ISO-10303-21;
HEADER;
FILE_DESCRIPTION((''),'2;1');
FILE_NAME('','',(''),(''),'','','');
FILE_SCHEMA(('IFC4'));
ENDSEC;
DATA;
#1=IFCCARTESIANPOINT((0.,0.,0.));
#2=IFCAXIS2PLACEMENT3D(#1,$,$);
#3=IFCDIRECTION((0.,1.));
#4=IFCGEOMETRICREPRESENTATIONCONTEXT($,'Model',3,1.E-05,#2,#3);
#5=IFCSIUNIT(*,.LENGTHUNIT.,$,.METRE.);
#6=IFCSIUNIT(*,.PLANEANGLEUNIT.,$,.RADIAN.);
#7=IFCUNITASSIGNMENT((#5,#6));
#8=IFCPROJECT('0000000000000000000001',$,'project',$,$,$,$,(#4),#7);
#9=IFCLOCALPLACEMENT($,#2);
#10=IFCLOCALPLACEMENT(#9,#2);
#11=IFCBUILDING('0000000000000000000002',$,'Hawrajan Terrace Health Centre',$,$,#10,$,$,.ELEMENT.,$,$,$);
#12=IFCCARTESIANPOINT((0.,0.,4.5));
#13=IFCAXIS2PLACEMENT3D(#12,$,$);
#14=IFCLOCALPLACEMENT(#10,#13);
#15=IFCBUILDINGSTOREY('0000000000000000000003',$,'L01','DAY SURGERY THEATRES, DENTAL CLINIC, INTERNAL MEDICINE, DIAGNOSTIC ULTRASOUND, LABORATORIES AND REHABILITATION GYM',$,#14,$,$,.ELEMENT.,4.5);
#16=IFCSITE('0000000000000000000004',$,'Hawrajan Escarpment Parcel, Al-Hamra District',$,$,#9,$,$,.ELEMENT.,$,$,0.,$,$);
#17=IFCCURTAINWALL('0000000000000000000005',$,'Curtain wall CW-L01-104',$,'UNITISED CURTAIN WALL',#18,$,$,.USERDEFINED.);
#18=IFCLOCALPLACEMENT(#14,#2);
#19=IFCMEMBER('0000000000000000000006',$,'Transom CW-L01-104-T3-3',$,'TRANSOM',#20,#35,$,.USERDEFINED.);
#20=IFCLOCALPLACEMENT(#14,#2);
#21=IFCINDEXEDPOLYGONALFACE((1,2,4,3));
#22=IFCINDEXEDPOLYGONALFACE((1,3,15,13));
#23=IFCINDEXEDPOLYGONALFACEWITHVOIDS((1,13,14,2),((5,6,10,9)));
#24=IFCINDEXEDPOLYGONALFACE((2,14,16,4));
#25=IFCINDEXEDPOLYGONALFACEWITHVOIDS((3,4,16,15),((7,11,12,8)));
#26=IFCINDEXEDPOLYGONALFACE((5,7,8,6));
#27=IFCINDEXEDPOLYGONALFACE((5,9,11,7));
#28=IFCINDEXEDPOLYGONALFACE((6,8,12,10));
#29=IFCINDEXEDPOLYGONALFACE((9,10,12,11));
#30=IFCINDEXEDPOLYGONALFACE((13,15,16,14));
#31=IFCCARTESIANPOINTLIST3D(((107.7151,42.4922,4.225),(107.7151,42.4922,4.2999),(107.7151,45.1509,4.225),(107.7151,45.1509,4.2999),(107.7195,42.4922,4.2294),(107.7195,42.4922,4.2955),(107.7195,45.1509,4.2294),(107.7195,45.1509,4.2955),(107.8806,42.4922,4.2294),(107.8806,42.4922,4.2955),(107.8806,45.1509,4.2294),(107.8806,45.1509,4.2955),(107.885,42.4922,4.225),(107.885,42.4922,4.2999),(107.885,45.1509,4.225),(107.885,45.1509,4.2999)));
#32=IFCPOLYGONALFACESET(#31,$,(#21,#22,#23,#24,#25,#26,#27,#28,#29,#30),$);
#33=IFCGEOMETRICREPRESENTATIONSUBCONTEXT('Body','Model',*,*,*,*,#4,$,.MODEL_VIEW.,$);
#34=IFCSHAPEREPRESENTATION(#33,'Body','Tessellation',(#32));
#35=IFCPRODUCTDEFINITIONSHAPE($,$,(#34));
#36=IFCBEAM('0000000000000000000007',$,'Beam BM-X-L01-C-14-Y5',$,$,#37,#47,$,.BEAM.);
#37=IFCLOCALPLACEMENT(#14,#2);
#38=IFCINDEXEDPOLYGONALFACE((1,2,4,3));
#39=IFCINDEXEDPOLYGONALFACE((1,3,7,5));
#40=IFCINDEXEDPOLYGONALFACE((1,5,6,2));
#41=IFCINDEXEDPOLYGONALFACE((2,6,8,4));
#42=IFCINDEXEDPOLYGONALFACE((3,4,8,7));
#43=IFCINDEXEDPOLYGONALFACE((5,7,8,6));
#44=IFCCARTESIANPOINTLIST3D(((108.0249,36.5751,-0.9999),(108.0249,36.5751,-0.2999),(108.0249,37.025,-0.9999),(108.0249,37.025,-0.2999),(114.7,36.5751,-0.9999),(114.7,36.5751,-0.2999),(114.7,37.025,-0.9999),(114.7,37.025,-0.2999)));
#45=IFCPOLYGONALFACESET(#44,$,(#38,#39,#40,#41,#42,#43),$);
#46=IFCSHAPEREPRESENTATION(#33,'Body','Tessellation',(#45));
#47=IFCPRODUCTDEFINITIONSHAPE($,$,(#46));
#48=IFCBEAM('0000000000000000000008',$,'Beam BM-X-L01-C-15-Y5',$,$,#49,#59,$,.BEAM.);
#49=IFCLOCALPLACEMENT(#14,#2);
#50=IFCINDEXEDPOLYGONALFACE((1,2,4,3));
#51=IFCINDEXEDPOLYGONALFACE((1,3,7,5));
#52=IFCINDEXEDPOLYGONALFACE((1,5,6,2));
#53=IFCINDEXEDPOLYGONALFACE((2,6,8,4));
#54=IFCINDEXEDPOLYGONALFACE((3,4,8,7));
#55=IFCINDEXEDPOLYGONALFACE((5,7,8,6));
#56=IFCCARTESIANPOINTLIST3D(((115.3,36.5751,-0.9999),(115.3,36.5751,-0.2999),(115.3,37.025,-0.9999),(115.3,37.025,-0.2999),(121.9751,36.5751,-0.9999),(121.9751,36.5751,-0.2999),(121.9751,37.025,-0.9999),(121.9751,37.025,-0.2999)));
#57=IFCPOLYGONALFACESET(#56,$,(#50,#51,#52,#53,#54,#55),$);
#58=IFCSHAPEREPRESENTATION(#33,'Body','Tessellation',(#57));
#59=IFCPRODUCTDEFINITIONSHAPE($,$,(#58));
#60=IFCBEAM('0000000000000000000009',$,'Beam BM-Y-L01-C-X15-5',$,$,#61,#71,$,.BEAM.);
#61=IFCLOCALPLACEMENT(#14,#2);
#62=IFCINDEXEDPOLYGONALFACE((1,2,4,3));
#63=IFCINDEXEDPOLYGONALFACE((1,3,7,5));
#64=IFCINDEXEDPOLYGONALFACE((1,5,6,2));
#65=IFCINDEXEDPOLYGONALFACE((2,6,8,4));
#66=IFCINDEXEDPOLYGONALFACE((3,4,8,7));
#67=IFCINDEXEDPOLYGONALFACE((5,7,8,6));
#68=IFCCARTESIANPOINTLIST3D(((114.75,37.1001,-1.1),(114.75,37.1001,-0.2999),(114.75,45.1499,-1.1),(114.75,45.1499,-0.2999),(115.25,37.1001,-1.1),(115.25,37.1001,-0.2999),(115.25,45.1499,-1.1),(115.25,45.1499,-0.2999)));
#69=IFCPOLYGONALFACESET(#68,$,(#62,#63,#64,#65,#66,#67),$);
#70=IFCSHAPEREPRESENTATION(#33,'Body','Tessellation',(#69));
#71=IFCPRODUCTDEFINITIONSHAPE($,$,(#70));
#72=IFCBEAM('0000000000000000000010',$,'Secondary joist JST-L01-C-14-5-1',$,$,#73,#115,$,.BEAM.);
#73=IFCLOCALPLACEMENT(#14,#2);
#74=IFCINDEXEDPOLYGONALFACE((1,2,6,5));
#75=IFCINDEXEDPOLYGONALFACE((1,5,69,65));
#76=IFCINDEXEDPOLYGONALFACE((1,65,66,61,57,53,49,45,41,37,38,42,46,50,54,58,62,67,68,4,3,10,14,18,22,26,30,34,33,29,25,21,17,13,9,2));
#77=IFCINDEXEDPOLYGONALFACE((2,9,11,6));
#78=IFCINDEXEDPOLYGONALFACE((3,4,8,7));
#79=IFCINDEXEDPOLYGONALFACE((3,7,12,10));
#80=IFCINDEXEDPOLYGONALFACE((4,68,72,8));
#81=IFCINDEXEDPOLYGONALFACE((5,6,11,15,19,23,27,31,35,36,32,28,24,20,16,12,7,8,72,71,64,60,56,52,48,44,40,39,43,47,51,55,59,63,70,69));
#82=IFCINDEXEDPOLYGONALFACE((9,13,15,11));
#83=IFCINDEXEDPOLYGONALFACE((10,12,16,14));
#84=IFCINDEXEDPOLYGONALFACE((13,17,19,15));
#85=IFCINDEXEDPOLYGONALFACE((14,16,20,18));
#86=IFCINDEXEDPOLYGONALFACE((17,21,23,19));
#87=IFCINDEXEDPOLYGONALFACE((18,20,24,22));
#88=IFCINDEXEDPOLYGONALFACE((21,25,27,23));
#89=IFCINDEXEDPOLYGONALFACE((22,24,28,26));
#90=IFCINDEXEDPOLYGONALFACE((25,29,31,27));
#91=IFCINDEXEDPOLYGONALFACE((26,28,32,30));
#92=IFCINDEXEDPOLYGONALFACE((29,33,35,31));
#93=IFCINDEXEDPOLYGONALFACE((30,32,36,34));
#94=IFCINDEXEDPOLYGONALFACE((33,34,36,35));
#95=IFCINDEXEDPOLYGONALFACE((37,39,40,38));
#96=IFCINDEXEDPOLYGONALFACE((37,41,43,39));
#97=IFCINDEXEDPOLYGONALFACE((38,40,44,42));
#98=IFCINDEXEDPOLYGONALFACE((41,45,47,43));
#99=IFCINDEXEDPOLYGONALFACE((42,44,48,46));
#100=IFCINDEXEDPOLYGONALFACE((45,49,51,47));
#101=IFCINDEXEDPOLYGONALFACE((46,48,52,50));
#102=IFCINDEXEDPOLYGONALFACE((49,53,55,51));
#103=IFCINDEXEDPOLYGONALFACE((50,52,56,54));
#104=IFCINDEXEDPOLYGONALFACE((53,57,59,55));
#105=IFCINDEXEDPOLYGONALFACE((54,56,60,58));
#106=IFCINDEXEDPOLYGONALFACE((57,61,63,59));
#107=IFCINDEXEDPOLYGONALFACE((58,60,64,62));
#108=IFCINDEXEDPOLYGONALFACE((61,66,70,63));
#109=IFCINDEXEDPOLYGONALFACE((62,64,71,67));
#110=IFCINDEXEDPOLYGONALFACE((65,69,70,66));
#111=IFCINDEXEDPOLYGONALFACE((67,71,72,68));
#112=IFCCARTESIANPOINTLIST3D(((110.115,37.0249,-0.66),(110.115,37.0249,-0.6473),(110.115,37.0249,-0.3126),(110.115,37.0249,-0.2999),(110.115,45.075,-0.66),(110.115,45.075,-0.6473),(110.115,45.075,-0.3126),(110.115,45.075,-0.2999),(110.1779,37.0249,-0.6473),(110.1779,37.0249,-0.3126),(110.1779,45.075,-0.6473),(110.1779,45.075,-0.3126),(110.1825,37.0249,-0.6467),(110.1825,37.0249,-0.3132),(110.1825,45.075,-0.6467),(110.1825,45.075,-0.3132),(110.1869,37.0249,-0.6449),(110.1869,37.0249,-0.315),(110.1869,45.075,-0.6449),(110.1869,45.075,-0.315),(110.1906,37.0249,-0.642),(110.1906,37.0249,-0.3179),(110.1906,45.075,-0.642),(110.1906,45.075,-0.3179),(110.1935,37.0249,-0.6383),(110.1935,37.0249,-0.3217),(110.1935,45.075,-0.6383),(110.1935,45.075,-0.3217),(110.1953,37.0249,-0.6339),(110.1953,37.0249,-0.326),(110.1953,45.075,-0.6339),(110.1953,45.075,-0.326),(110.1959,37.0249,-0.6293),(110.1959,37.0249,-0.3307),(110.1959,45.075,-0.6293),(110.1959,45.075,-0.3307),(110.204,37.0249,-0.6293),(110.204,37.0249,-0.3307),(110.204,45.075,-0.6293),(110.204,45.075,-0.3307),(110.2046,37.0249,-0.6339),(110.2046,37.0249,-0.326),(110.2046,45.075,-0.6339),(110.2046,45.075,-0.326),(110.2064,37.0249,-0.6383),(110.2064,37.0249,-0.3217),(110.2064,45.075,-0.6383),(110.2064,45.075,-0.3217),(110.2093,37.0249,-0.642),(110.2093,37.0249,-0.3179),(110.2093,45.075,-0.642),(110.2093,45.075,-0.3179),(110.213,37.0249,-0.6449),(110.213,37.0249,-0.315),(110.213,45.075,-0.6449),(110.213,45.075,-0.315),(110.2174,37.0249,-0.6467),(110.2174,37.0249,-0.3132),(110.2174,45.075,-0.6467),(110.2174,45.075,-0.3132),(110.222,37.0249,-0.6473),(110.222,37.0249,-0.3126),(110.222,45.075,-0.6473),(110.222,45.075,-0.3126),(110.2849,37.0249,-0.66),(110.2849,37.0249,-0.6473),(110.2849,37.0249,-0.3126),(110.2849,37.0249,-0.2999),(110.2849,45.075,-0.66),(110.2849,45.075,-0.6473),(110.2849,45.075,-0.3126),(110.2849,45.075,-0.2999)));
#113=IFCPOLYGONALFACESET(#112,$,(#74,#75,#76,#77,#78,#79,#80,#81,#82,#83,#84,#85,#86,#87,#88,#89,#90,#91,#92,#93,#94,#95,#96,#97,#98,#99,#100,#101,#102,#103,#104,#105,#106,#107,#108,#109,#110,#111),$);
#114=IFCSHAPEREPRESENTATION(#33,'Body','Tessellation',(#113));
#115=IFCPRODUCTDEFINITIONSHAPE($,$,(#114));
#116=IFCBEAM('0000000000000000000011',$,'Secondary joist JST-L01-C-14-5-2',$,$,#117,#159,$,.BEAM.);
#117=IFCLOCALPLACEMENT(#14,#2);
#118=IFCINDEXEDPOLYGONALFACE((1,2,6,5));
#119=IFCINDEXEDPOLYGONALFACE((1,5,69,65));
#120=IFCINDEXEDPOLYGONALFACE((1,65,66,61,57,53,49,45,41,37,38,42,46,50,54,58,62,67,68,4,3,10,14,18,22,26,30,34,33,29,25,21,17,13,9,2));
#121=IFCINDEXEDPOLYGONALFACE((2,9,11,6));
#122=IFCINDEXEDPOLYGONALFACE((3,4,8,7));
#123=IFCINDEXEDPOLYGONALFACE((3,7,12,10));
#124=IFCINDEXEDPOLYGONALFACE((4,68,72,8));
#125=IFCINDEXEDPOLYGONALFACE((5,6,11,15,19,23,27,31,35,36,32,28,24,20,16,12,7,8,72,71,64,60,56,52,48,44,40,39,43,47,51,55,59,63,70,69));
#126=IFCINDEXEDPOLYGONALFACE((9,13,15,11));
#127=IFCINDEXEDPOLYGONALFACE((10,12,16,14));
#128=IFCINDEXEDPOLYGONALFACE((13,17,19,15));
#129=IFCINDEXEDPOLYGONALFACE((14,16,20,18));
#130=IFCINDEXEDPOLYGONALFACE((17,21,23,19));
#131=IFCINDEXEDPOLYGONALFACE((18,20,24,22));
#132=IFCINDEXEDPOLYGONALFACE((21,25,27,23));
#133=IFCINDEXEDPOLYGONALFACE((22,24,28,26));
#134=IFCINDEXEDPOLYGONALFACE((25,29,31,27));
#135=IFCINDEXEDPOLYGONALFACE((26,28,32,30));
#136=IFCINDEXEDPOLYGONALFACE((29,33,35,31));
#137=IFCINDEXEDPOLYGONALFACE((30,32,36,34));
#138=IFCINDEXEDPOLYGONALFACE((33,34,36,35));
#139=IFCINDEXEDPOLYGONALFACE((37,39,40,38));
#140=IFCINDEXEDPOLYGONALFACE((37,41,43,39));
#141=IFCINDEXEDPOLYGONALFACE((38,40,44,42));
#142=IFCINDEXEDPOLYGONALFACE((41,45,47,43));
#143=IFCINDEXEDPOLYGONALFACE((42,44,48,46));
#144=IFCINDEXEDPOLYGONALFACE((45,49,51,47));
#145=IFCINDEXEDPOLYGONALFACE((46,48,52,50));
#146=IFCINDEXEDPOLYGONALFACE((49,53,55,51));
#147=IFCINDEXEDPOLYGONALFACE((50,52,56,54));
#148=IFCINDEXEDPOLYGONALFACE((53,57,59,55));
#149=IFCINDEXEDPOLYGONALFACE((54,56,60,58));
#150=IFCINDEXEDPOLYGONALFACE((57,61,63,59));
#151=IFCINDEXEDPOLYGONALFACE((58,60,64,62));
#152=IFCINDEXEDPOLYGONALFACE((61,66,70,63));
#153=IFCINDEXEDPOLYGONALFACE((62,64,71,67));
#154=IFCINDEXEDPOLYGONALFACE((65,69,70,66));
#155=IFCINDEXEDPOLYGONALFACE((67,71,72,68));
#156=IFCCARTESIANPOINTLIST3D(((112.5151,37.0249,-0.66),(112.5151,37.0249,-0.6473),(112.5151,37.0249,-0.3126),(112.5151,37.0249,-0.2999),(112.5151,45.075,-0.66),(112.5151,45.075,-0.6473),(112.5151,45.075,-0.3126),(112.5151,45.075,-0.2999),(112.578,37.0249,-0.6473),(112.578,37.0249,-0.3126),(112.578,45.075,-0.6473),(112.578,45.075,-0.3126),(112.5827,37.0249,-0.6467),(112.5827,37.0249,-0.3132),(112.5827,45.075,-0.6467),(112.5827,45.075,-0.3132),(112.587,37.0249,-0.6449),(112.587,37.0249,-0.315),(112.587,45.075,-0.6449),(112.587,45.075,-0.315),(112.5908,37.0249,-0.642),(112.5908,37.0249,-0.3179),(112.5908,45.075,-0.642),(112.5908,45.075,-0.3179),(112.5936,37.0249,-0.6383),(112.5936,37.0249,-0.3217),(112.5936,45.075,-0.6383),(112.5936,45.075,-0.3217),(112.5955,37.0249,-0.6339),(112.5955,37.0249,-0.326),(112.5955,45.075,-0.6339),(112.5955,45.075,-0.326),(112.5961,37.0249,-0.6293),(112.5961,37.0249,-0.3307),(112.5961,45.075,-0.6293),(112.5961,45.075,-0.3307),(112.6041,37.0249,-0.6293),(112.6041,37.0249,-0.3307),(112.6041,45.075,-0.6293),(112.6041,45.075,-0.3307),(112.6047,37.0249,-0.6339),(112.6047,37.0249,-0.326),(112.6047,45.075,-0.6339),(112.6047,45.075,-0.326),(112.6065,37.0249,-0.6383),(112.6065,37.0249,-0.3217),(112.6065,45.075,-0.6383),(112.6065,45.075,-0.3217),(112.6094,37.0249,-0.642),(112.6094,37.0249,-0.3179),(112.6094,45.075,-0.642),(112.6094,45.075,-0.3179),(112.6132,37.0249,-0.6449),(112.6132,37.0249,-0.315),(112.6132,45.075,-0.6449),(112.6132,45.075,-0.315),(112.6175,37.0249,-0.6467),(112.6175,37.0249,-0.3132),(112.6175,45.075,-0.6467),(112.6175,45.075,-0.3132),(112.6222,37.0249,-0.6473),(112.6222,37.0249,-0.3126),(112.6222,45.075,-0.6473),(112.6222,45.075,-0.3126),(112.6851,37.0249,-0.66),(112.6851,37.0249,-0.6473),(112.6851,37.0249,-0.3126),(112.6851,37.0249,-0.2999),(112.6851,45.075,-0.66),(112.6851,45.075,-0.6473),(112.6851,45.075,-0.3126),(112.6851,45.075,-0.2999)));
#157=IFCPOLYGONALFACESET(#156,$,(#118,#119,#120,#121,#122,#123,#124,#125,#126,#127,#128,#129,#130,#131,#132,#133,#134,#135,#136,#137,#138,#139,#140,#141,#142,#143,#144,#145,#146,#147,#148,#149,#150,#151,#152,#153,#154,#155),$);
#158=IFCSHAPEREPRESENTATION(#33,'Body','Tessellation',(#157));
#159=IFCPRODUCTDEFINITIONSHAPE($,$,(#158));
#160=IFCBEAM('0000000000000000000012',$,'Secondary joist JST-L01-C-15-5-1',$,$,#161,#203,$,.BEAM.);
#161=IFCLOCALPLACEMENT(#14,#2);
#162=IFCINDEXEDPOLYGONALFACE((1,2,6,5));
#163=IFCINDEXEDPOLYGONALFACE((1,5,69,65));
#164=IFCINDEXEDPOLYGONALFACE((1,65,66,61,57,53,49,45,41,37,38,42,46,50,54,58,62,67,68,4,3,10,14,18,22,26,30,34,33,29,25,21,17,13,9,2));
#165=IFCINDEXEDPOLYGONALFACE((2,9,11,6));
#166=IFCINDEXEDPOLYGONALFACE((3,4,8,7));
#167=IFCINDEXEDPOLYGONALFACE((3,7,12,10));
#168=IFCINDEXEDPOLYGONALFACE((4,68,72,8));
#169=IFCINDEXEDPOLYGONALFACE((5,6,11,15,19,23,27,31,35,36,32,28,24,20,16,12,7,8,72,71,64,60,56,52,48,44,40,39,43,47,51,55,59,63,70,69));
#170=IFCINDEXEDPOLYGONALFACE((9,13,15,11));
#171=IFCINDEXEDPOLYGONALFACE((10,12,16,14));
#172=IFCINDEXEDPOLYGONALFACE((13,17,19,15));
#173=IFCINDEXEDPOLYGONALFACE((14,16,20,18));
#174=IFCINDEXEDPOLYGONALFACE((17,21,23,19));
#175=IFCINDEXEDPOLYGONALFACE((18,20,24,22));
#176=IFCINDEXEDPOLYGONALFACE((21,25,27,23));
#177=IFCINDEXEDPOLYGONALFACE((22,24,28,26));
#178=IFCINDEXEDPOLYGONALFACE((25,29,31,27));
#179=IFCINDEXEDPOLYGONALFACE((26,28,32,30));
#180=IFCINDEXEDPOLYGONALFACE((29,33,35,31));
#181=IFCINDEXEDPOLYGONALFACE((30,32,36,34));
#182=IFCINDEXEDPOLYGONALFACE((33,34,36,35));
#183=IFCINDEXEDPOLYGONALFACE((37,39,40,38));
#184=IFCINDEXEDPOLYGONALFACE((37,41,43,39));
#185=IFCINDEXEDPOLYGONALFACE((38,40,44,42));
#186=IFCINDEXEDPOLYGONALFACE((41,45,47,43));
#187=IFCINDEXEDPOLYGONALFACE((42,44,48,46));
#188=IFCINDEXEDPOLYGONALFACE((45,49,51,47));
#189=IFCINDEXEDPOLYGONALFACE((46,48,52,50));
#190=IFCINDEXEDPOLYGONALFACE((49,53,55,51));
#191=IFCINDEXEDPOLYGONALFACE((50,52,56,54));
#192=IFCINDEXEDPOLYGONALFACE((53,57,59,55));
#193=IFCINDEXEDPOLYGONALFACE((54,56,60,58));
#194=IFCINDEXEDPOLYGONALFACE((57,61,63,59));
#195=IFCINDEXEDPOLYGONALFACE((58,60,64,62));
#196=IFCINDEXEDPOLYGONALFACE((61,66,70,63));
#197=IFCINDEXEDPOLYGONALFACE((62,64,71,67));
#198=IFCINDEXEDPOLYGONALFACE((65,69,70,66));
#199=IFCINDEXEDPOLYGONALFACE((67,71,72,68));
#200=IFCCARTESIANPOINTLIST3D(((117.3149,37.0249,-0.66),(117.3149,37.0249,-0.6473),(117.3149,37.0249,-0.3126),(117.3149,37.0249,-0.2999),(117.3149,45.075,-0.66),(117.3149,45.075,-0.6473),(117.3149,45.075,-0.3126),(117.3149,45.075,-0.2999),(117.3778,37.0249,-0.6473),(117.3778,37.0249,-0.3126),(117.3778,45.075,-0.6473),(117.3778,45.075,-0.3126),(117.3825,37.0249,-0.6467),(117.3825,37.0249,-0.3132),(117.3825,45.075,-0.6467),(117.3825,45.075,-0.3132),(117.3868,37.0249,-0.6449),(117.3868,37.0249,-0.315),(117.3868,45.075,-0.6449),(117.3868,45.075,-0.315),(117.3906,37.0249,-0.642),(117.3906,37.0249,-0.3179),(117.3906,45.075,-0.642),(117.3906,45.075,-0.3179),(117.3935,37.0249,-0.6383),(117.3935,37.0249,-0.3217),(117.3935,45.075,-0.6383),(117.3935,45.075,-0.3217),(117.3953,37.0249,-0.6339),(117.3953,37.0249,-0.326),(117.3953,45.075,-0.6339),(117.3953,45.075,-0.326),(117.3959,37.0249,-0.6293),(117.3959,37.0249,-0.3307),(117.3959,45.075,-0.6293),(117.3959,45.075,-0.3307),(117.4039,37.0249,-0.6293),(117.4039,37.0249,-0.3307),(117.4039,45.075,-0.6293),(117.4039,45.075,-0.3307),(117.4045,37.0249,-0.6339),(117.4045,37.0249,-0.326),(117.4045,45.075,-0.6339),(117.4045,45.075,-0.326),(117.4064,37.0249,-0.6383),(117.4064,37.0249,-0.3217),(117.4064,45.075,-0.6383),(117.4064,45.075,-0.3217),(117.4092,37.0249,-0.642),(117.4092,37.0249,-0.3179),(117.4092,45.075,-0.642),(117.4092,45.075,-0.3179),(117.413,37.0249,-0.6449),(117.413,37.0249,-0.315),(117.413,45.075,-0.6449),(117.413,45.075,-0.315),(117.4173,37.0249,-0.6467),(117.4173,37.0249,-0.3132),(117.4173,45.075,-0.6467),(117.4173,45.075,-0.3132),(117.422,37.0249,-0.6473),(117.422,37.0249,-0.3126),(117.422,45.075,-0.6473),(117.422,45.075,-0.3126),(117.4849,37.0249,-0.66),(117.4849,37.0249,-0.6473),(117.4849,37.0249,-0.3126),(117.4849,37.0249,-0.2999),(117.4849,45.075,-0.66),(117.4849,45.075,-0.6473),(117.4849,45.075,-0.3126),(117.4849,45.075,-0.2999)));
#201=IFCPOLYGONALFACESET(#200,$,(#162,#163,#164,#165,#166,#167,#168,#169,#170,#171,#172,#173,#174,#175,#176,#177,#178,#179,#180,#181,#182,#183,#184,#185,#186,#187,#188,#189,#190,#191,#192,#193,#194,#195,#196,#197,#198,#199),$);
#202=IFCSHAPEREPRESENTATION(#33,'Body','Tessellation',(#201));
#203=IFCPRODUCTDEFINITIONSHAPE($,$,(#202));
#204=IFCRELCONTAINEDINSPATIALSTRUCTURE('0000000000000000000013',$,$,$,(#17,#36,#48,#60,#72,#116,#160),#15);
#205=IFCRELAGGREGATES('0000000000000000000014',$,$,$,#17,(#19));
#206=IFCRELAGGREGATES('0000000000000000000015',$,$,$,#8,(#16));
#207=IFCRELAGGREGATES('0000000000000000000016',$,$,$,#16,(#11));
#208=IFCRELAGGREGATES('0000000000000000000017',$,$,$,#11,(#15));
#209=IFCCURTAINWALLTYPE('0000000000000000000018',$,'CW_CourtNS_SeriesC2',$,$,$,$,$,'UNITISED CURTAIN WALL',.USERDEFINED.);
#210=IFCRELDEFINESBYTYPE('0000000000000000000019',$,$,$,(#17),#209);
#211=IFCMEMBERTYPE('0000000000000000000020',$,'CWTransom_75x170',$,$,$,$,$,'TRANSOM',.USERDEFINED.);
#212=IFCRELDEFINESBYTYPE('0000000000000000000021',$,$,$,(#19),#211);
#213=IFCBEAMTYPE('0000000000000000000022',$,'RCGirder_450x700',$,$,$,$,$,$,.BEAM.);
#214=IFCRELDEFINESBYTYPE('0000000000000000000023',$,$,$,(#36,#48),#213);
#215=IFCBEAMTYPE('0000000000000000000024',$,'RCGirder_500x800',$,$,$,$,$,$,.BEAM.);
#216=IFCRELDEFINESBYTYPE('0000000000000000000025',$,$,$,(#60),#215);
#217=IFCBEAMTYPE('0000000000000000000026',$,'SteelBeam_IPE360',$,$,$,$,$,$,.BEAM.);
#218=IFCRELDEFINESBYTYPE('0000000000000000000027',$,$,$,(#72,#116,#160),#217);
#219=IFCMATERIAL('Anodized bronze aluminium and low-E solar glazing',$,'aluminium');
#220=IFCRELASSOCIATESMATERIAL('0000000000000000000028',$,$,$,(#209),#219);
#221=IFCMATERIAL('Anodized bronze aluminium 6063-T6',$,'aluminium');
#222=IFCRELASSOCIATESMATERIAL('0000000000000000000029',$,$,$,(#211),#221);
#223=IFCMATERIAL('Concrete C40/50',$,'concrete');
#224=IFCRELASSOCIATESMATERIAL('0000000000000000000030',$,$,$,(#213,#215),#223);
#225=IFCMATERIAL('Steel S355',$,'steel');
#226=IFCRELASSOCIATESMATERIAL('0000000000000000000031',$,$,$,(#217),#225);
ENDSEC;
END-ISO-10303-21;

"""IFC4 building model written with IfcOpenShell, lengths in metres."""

from ifc_helpers import new_model, si_unit, direction, frame, origin, origin_2d, place, context, subcontext, project, spatial, rectangle, hollow_rectangle, i_section, extrude, material, material_profile, profile_set, type_object, element, aggregate, save


model = new_model("IFC4")

# Units and contexts
model_context = context("Model", 3, precision=1e-05, world=origin(), true_north=direction((0.0, 1.0)))
body_context = subcontext(model_context, "Body", "Model", "MODEL_VIEW")
ifc_project = project(units=[si_unit("LENGTHUNIT", "METRE"), si_unit("PLANEANGLEUNIT", "RADIAN")], contexts=[model_context])

# Site, building, storey
site_placement = place(None, origin())
site = spatial("IfcSite", under=ifc_project, at=site_placement, Name="Hawrajan Escarpment Parcel, Al-Hamra District", CompositionType="ELEMENT", RefElevation=0.0)
building_placement = place(site_placement, origin())
building = spatial("IfcBuilding", under=site, at=building_placement, Name="Hawrajan Terrace Health Centre", CompositionType="ELEMENT")
storey_placement = place(building_placement, frame((0.0, 0.0, 4.5)))
storey = spatial("IfcBuildingStorey", under=building, at=storey_placement, Name="L01", Description="DAY SURGERY THEATRES, DENTAL CLINIC, INTERNAL MEDICINE, DIAGNOSTIC ULTRASOUND, LABORATORIES AND REHABILITATION GYM", CompositionType="ELEMENT", Elevation=4.5)

# Shared definitions
ifc_material_1 = material(Name="Concrete C40/50", Category="concrete")

# Shared definitions
ifc_material_2 = material(Name="Anodized bronze aluminium and low-E solar glazing", Category="aluminium")
ifc_material_3 = material(Name="Anodized bronze aluminium 6063-T6", Category="aluminium")

# Curtain wall
curtain_wall_type_1 = type_object("IfcCurtainWallType", Name="CW_CourtNS_SeriesC2", ElementType="UNITISED CURTAIN WALL", PredefinedType="USERDEFINED", material=ifc_material_2)
curtain_wall_1_placement = place(storey_placement, origin())
curtain_wall_1 = element("IfcCurtainWall", 1, at=curtain_wall_1_placement, inside=storey, type_object=curtain_wall_type_1, Name="Curtain wall CW-L01-104", ObjectType="UNITISED CURTAIN WALL", PredefinedType="USERDEFINED")

# Member
ifc_material_profile_1 = material_profile(ifc_material_3, hollow_rectangle(XDim=0.075, YDim=0.1699, WallThickness=0.0044, at=origin_2d()), Name="CW TRN 75x170")
ifc_profile_set_1 = profile_set([ifc_material_profile_1], Name="Anodized bronze aluminium 6063-T6")
member_type_1 = type_object("IfcMemberType", Name="CWTransom_75x170", ElementType="TRANSOM", PredefinedType="USERDEFINED", material=ifc_profile_set_1)
member_1_placement = place(storey_placement, frame((107.8, 42.4922, 4.2625), z_axis=(0.0, 1.0, 0.0), x_axis=(0.0, 0.0, 1.0)))
member_1 = element("IfcMember", 2, at=member_1_placement, type_object=member_type_1, Name="Transom CW-L01-104-T3-3", ObjectType="TRANSOM", PredefinedType="USERDEFINED", context=body_context, shape_type="SweptSolid", body=[
    extrude(hollow_rectangle(XDim=0.075, YDim=0.1699, WallThickness=0.0044, at=origin_2d()), origin(), (0.0, 0.0, 1.0), 2.6587),
])

# Beams
ifc_material_profile_2 = material_profile(ifc_material_1, rectangle(XDim=0.45, YDim=0.7, at=origin_2d()), Name="RC BM 450x700")
ifc_profile_set_2 = profile_set([ifc_material_profile_2], Name="Concrete C40/50")
beam_type_1 = type_object("IfcBeamType", Name="RCGirder_450x700", PredefinedType="BEAM", material=ifc_profile_set_2)
for number, where, z_axis, x_axis, name in (
    (3, (108.0249, 36.8, -0.6499), (1.0, 0.0, 0.0), (0.0, 1.0, 0.0), "Beam BM-X-L01-C-14-Y5"),
    (4, (115.3, 36.8, -0.6499), (1.0, 0.0, 0.0), (0.0, 1.0, 0.0), "Beam BM-X-L01-C-15-Y5"),
):
    element("IfcBeam", number, at=place(storey_placement, frame(where, z_axis=z_axis, x_axis=x_axis)), inside=storey, type_object=beam_type_1, Name=name, PredefinedType="BEAM", context=body_context, shape_type="SweptSolid", body=[
        extrude(rectangle(XDim=0.45, YDim=0.7, at=origin_2d()), origin(), (0.0, 0.0, 1.0), 6.675),
    ])
ifc_material_profile_3 = material_profile(ifc_material_1, rectangle(XDim=0.5, YDim=0.8, at=origin_2d()), Name="RC BM 500x800")
ifc_profile_set_3 = profile_set([ifc_material_profile_3], Name="Concrete C40/50")
beam_type_2 = type_object("IfcBeamType", Name="RCGirder_500x800", PredefinedType="BEAM", material=ifc_profile_set_3)
beam_placement = place(storey_placement, frame((115.0, 37.1001, -0.7), z_axis=(0.0, 1.0, 0.0), x_axis=(-1.0, 0.0, 0.0)))
element("IfcBeam", 5, at=beam_placement, inside=storey, type_object=beam_type_2, Name="Beam BM-Y-L01-C-X15-5", PredefinedType="BEAM", context=body_context, shape_type="SweptSolid", body=[
    extrude(rectangle(XDim=0.5, YDim=0.8, at=origin_2d()), origin(), (0.0, 0.0, 1.0), 8.0498),
])
ifc_material_4 = material(Name="Steel S355", Category="steel")
ifc_material_profile_4 = material_profile(ifc_material_4, i_section(OverallWidth=0.1699, OverallDepth=0.3601, WebThickness=0.0081, FlangeThickness=0.0127, FilletRadius=0.0181, at=origin_2d()), Name="IPE 360")
ifc_profile_set_4 = profile_set([ifc_material_profile_4], Name="Steel S355")
beam_type_3 = type_object("IfcBeamType", Name="SteelBeam_IPE360", PredefinedType="BEAM", material=ifc_profile_set_4)
for number, where, z_axis, x_axis, name in (
    (6, (110.2, 37.0249, -0.48), (0.0, 1.0, 0.0), (-1.0, 0.0, 0.0), "Secondary joist JST-L01-C-14-5-1"),
    (7, (112.6001, 37.0249, -0.48), (0.0, 1.0, 0.0), (-1.0, 0.0, 0.0), "Secondary joist JST-L01-C-14-5-2"),
    (8, (117.3999, 37.0249, -0.48), (0.0, 1.0, 0.0), (-1.0, 0.0, 0.0), "Secondary joist JST-L01-C-15-5-1"),
):
    element("IfcBeam", number, at=place(storey_placement, frame(where, z_axis=z_axis, x_axis=x_axis)), inside=storey, type_object=beam_type_3, Name=name, PredefinedType="BEAM", context=body_context, shape_type="SweptSolid", body=[
        extrude(i_section(OverallWidth=0.1699, OverallDepth=0.3601, WebThickness=0.0081, FlangeThickness=0.0127, FilletRadius=0.0181, at=origin_2d()), origin(), (0.0, 0.0, 1.0), 8.05),
    ])

aggregate(curtain_wall_1, [member_1])

save(model, "model.ifc")
